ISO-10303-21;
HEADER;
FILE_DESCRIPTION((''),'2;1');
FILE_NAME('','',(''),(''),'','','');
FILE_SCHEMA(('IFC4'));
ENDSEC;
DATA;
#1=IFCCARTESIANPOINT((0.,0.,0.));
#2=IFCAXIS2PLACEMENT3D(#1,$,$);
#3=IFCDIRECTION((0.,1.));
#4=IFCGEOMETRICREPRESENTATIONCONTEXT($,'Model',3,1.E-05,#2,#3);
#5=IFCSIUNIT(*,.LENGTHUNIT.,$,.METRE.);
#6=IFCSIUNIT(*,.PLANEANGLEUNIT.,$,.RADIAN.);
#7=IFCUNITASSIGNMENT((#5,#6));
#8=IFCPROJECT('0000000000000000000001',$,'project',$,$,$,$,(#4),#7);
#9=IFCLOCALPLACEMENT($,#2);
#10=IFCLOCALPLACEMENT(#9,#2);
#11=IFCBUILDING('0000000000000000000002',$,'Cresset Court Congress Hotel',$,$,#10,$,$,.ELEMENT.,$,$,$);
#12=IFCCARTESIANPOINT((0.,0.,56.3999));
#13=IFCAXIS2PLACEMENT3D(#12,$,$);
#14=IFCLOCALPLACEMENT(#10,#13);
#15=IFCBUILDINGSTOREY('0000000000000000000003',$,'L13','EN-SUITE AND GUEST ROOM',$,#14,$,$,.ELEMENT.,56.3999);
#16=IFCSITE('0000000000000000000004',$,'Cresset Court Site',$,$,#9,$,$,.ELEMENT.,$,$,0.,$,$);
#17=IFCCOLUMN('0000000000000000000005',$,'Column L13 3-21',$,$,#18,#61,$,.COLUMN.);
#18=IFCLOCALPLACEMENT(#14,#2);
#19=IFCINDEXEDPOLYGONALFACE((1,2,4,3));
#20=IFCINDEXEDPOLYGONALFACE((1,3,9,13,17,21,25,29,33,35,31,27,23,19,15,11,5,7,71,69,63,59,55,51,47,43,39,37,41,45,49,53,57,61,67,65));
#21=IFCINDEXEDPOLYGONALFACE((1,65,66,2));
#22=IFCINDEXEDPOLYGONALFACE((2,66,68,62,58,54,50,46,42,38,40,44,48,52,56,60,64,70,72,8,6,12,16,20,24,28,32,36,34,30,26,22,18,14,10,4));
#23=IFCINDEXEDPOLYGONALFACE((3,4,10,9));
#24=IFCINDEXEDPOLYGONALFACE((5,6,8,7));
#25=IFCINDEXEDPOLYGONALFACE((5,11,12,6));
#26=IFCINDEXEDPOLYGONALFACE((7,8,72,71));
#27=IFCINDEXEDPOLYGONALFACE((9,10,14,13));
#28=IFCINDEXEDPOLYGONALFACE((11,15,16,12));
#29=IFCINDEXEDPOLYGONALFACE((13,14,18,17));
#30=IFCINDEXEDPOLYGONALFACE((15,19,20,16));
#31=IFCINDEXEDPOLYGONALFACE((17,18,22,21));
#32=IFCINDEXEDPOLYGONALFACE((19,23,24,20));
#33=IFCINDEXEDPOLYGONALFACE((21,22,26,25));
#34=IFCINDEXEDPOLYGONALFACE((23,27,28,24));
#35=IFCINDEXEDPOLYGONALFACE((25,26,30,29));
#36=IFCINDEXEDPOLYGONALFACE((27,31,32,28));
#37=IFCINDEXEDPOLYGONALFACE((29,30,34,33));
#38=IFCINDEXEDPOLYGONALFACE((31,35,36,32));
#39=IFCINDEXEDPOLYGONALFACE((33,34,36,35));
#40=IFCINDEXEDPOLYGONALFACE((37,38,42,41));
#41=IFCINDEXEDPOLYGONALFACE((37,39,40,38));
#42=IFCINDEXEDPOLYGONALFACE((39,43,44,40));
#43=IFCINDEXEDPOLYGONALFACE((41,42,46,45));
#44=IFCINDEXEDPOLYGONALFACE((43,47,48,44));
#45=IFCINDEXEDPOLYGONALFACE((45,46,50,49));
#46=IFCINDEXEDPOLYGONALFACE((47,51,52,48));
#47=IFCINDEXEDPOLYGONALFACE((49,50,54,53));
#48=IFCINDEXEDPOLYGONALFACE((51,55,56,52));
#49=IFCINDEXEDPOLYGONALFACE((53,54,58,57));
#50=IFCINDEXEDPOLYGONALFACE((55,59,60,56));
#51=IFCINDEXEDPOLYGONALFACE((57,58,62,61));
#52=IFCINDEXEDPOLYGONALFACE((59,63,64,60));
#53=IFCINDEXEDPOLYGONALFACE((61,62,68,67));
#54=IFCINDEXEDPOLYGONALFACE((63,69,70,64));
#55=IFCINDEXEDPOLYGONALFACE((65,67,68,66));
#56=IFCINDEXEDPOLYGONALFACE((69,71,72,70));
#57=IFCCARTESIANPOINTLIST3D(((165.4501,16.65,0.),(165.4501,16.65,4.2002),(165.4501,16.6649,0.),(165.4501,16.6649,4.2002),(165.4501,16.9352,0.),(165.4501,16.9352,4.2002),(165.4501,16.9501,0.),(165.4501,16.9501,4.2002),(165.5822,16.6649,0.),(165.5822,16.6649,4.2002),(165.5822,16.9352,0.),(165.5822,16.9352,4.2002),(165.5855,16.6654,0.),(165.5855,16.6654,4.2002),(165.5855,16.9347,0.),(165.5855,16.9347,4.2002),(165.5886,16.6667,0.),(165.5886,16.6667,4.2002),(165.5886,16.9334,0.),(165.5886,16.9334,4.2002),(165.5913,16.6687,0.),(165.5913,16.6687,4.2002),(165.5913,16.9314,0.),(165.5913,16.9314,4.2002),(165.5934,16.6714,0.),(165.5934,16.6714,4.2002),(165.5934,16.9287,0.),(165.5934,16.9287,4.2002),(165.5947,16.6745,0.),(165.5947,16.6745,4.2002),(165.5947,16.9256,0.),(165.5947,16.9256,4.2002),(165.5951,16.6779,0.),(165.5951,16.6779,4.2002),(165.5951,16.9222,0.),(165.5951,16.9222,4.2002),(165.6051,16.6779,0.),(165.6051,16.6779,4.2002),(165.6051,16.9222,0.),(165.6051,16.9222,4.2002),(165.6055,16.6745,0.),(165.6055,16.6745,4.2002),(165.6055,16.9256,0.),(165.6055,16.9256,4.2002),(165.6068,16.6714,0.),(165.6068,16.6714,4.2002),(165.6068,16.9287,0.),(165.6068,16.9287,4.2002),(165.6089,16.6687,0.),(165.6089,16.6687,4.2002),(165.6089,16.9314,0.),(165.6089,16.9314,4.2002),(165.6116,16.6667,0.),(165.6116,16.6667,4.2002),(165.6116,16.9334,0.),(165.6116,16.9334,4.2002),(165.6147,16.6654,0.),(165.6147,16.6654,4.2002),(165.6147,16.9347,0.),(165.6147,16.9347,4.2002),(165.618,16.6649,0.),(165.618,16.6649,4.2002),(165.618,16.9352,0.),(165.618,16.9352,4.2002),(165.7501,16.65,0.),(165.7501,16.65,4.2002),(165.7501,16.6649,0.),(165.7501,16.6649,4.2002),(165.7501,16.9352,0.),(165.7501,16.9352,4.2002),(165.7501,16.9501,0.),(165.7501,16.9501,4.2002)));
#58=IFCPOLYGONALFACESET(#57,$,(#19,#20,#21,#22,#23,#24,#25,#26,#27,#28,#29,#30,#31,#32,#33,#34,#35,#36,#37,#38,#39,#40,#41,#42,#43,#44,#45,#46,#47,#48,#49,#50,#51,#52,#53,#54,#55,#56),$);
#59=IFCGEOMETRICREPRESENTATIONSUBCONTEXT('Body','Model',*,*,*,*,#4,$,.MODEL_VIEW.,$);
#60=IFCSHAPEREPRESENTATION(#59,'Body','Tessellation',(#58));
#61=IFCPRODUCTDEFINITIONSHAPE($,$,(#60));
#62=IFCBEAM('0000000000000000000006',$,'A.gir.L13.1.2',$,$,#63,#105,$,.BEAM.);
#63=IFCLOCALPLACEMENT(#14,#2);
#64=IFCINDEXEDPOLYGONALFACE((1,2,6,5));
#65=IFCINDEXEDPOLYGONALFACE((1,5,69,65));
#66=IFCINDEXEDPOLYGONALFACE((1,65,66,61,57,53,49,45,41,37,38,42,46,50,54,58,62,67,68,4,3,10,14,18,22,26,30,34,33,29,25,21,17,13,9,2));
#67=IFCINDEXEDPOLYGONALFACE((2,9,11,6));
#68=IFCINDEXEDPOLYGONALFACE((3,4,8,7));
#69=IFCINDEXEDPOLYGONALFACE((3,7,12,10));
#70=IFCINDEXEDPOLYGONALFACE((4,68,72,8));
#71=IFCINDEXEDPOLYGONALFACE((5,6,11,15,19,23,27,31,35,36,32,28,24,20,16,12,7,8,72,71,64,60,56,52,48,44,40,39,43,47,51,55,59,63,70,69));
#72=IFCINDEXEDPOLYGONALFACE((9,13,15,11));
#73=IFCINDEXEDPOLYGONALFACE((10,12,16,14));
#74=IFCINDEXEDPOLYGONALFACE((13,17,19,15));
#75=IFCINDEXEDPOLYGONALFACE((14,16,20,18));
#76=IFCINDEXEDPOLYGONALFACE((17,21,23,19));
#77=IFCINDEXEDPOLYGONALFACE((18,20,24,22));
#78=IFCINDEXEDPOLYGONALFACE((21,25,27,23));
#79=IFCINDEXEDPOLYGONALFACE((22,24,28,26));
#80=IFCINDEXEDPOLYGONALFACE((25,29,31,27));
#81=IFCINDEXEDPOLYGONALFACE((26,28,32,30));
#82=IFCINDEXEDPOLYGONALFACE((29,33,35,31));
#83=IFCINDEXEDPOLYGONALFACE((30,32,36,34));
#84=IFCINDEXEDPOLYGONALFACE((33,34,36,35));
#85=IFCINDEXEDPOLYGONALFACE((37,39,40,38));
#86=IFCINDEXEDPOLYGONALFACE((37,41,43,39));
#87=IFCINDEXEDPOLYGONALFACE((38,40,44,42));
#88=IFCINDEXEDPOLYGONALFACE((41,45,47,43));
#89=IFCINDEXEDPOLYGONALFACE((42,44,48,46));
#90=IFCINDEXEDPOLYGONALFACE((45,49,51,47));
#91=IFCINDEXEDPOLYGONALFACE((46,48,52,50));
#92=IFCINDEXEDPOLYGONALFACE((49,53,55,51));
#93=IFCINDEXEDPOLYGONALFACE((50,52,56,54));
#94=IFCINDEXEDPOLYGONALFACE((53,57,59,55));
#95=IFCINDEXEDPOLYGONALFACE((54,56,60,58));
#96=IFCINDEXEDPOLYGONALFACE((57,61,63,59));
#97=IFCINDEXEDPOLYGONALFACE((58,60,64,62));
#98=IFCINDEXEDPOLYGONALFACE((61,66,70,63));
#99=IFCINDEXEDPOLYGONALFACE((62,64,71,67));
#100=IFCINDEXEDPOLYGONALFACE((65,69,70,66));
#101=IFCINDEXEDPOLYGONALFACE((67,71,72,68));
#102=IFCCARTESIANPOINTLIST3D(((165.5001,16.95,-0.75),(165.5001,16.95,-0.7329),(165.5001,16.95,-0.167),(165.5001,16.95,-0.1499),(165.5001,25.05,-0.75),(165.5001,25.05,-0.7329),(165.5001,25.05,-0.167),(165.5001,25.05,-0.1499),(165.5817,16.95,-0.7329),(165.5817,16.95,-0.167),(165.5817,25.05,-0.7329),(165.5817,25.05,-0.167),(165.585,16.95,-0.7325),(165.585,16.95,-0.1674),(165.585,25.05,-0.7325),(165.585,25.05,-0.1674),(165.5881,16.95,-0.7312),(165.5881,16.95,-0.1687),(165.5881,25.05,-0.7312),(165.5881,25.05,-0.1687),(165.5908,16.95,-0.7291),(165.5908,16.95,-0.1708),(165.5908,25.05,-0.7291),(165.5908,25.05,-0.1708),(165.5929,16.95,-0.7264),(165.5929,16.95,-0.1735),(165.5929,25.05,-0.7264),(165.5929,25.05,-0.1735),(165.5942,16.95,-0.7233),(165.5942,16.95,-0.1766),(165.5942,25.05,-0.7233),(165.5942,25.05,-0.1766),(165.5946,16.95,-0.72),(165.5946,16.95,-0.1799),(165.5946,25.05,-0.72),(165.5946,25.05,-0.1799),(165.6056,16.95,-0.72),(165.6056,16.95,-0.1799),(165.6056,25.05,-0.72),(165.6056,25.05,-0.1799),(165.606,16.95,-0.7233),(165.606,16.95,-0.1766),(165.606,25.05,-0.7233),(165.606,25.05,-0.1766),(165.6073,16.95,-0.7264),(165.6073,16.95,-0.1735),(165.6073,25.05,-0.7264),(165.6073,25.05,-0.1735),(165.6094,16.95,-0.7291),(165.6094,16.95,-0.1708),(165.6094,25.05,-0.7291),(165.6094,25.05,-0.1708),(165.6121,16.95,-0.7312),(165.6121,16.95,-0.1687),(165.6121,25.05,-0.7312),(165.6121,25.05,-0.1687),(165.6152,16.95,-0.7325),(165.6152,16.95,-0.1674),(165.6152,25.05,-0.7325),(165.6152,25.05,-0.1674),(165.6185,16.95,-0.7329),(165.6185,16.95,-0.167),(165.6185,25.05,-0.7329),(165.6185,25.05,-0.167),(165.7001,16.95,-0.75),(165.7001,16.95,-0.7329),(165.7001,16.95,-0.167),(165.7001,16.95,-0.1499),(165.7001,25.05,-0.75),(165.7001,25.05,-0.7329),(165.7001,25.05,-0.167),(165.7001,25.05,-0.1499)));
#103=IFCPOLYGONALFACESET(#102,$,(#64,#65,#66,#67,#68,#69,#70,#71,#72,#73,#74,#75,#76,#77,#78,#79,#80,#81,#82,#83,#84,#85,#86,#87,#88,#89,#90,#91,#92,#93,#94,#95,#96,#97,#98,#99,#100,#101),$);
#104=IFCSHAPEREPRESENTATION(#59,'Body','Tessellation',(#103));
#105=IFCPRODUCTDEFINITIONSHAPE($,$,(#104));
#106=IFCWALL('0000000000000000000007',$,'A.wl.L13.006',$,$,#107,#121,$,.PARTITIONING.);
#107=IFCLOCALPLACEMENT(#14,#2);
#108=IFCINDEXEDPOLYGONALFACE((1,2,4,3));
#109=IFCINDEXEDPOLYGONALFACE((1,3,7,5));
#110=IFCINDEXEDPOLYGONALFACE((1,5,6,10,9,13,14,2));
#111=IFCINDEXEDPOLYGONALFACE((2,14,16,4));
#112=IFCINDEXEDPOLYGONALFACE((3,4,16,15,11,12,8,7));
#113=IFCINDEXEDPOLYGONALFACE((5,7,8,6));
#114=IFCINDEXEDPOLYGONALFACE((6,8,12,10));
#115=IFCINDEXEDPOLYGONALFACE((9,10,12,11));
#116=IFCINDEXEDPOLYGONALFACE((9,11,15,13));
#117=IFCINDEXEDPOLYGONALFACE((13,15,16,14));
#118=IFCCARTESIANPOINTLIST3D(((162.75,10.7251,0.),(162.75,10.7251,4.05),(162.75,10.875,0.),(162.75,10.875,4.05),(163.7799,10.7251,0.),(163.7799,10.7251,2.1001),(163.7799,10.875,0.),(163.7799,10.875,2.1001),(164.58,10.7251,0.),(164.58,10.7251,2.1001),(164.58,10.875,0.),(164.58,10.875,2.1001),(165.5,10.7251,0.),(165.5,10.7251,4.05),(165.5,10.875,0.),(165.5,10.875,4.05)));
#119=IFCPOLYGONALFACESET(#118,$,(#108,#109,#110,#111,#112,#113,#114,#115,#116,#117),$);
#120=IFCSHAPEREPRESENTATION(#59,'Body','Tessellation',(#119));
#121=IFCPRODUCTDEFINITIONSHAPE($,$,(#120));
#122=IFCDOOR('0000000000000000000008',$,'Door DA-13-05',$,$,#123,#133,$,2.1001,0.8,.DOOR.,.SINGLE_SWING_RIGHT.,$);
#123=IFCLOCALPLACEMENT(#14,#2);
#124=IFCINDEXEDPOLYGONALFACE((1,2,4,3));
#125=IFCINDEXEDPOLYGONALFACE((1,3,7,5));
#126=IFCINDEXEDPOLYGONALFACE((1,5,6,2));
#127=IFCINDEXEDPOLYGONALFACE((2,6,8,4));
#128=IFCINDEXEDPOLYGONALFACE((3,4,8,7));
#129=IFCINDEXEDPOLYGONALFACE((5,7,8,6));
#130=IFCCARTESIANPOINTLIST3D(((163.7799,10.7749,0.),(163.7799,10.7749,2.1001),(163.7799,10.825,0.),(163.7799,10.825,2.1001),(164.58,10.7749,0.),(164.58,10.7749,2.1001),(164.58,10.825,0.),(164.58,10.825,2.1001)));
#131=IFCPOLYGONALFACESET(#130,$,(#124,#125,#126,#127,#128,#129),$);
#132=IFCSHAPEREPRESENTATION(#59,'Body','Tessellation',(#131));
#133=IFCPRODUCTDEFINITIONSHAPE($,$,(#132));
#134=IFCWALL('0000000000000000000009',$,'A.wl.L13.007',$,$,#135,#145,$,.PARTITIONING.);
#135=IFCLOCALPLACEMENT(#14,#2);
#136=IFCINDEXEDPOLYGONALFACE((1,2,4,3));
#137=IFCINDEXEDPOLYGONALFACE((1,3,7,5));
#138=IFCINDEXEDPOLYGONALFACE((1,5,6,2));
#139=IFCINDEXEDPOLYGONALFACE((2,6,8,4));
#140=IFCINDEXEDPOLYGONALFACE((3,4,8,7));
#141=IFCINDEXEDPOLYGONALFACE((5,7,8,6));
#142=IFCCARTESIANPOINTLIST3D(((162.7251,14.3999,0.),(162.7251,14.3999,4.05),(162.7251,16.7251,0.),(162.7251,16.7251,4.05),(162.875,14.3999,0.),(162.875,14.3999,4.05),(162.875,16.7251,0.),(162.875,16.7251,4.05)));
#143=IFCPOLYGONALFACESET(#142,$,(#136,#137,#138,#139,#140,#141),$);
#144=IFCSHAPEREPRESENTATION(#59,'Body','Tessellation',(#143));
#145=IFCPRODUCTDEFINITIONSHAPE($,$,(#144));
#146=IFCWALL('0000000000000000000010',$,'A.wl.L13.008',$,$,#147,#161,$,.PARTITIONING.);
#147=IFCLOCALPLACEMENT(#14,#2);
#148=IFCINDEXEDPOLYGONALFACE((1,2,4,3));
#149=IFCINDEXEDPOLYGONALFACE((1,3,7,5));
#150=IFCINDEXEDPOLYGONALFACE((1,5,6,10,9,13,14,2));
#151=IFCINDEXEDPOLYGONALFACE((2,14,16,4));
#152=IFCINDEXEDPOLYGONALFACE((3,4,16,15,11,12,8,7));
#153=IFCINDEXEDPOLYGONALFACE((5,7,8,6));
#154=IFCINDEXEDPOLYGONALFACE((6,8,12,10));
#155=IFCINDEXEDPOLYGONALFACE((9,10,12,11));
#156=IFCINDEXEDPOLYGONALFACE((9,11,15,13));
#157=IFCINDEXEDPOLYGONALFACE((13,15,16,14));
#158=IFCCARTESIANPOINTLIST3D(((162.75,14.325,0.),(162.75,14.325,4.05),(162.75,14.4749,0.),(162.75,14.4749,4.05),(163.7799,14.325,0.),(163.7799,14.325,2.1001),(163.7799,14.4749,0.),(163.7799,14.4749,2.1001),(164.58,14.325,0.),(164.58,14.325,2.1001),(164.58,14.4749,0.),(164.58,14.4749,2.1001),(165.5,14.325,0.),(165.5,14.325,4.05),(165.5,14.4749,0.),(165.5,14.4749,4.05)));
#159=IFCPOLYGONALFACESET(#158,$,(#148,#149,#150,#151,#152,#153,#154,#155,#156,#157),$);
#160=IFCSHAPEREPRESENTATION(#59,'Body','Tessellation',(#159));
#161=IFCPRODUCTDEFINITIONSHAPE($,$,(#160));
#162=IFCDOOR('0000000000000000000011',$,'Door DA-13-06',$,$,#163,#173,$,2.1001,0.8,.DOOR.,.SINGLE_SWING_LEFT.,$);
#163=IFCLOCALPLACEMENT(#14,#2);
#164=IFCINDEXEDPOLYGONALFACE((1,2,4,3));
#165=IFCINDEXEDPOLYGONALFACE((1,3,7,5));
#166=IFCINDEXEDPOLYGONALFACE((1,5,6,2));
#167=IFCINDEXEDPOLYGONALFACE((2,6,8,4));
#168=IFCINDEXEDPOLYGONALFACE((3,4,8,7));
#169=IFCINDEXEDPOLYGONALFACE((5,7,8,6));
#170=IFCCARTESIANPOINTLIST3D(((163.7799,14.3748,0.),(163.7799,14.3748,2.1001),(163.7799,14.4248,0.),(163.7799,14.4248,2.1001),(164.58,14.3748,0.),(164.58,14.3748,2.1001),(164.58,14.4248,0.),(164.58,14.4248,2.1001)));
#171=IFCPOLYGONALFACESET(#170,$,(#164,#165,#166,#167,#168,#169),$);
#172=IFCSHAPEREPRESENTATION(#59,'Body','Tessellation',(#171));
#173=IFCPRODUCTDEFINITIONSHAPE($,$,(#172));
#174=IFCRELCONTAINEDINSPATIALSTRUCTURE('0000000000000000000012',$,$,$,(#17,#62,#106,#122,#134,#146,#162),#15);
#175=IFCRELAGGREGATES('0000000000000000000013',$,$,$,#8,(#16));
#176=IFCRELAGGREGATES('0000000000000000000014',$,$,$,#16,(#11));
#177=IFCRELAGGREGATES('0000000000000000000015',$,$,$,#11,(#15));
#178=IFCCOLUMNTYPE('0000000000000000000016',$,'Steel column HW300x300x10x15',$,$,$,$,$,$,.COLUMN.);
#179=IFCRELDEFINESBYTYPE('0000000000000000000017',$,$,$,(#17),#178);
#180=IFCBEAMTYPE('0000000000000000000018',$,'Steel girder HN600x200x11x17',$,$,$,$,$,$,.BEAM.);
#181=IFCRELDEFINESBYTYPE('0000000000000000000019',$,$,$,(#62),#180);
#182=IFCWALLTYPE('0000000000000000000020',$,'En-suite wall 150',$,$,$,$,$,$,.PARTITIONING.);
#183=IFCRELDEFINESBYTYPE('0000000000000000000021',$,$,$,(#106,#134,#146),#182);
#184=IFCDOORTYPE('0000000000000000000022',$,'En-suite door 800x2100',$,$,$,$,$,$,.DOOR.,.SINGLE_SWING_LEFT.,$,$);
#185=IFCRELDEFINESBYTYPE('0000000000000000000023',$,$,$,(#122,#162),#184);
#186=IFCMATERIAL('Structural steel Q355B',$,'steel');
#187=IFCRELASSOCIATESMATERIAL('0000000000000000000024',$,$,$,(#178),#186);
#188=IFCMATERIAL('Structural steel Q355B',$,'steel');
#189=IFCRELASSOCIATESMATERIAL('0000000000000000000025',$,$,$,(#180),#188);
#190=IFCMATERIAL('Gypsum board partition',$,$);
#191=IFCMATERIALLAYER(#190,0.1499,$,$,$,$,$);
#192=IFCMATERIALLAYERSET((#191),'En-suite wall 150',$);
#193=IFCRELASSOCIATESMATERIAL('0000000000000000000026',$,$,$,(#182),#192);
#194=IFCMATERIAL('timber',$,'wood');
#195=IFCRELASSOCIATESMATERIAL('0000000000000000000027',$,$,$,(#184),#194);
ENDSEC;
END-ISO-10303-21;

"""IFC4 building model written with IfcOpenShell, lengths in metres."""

from ifc_helpers import new_model, si_unit, direction, frame, frame_2d, origin, origin_2d, place, context, subcontext, project, spatial, rectangle, i_section, extrude, material, layer, layer_set, material_profile, profile_set, type_object, element, fill, save


model = new_model("IFC4")

# Units and contexts
model_context = context("Model", 3, precision=1e-05, world=origin(), true_north=direction((0.0, 1.0)))
body_context = subcontext(model_context, "Body", "Model", "MODEL_VIEW")
ifc_project = project(units=[si_unit("LENGTHUNIT", "METRE"), si_unit("PLANEANGLEUNIT", "RADIAN")], contexts=[model_context])

# Site, building, storey
site_placement = place(None, origin())
site = spatial("IfcSite", under=ifc_project, at=site_placement, Name="Cresset Court Site", CompositionType="ELEMENT", RefElevation=0.0)
building_placement = place(site_placement, origin())
building = spatial("IfcBuilding", under=site, at=building_placement, Name="Cresset Court Congress Hotel", CompositionType="ELEMENT")
storey_placement = place(building_placement, frame((0.0, 0.0, 56.3999)))
storey = spatial("IfcBuildingStorey", under=building, at=storey_placement, Name="L13", Description="EN-SUITE AND GUEST ROOM", CompositionType="ELEMENT", Elevation=56.3999)

# Column
ifc_material_1 = material(Name="Structural steel Q355B", Category="steel")
ifc_material_profile_1 = material_profile(ifc_material_1, i_section(OverallWidth=0.3, OverallDepth=0.3, WebThickness=0.01, FlangeThickness=0.0149, FilletRadius=0.0129, at=origin_2d()), Name="HW300x300x10x15")
ifc_profile_set_1 = profile_set([ifc_material_profile_1], Name="Structural steel Q355B")
column_type = type_object("IfcColumnType", Name="Steel column HW300x300x10x15", PredefinedType="COLUMN", material=ifc_profile_set_1)
column_placement = place(storey_placement, frame((165.6001, 16.8, 0.0), z_axis=(0.0, 0.0, 1.0), x_axis=(1.0, 0.0, 0.0)))
element("IfcColumn", 1, at=column_placement, inside=storey, type_object=column_type, Name="Column L13 3-21", PredefinedType="COLUMN", context=body_context, shape_type="SweptSolid", body=[
    extrude(i_section(OverallWidth=0.3, OverallDepth=0.3, WebThickness=0.01, FlangeThickness=0.0149, FilletRadius=0.0129, at=origin_2d()), origin(), (0.0, 0.0, 1.0), 4.2002),
])

# Beam
ifc_material_2 = material(Name="Structural steel Q355B", Category="steel")
ifc_material_profile_2 = material_profile(ifc_material_2, i_section(OverallWidth=0.2, OverallDepth=0.6001, WebThickness=0.011, FlangeThickness=0.0171, FilletRadius=0.0129, at=origin_2d()), Name="HN600x200x11x17")
ifc_profile_set_2 = profile_set([ifc_material_profile_2], Name="Structural steel Q355B")
beam_type = type_object("IfcBeamType", Name="Steel girder HN600x200x11x17", PredefinedType="BEAM", material=ifc_profile_set_2)
beam_placement = place(storey_placement, frame((165.6001, 16.95, -0.45), z_axis=(0.0, 1.0, 0.0), x_axis=(-1.0, 0.0, 0.0)))
element("IfcBeam", 2, at=beam_placement, inside=storey, type_object=beam_type, Name="A.gir.L13.1.2", PredefinedType="BEAM", context=body_context, shape_type="SweptSolid", body=[
    extrude(i_section(OverallWidth=0.2, OverallDepth=0.6001, WebThickness=0.011, FlangeThickness=0.0171, FilletRadius=0.0129, at=origin_2d()), origin(), (0.0, 0.0, 1.0), 8.1001),
])

# Wall, opening, door
ifc_material_3 = material(Name="Gypsum board partition")
ifc_layer_1 = layer(ifc_material_3, 0.1499)
ifc_layer_set_1 = layer_set([ifc_layer_1], Name="En-suite wall 150")
wall_type_1 = type_object("IfcWallType", Name="En-suite wall 150", PredefinedType="PARTITIONING", material=ifc_layer_set_1)
wall_1_placement = place(storey_placement, frame((162.75, 10.8, 0.0), z_axis=(0.0, 0.0, 1.0), x_axis=(1.0, 0.0, 0.0)))
wall_1 = element("IfcWall", 3, at=wall_1_placement, inside=storey, type_object=wall_type_1, Name="A.wl.L13.006", PredefinedType="PARTITIONING", context=body_context, shape_type="SweptSolid", body=[
    extrude(rectangle(XDim=2.75, YDim=0.1499, at=frame_2d((1.375, 0.0))), origin(), (0.0, 0.0, 1.0), 4.05),
])
opening_1_placement = place(wall_1_placement, frame((1.03, 0.0, 0.0)))
opening_1 = element("IfcOpeningElement", 4, at=opening_1_placement, cuts=wall_1, PredefinedType="OPENING", context=body_context, shape_type="SweptSolid", body=[
    extrude(rectangle(XDim=0.8, YDim=2.1001, at=frame_2d((0.3999, 1.05))), frame((0.0, 0.085, 0.0), z_axis=(0.0, -1.0, 0.0), x_axis=(1.0, 0.0, 0.0)), (0.0, 0.0, 1.0), 0.1699),
])
ifc_material_4 = material(Name="timber", Category="wood")
door_type_1 = type_object("IfcDoorType", Name="En-suite door 800x2100", OperationType="SINGLE_SWING_LEFT", PredefinedType="DOOR", material=ifc_material_4)
door_1_placement = place(opening_1_placement, origin())
door_1 = element("IfcDoor", 5, at=door_1_placement, inside=storey, type_object=door_type_1, Name="Door DA-13-05", OperationType="SINGLE_SWING_RIGHT", OverallHeight=2.1001, OverallWidth=0.8, PredefinedType="DOOR", context=body_context, shape_type="SweptSolid", body=[
    extrude(rectangle(XDim=0.8, YDim=2.1001, at=frame_2d((0.3999, 1.05))), frame((0.0, 0.0249, 0.0), z_axis=(0.0, -1.0, 0.0), x_axis=(1.0, 0.0, 0.0)), (0.0, 0.0, 1.0), 0.05),
])
fill(opening_1, door_1)

# Wall
wall_2_placement = place(storey_placement, frame((162.8, 14.3999, 0.0), z_axis=(0.0, 0.0, 1.0), x_axis=(0.0, 1.0, 0.0)))
element("IfcWall", 6, at=wall_2_placement, inside=storey, type_object=wall_type_1, Name="A.wl.L13.007", PredefinedType="PARTITIONING", context=body_context, shape_type="SweptSolid", body=[
    extrude(rectangle(XDim=2.3252, YDim=0.1499, at=frame_2d((1.1626, 0.0))), origin(), (0.0, 0.0, 1.0), 4.05),
])

# Wall, opening, door
wall_3_placement = place(storey_placement, frame((162.75, 14.3999, 0.0), z_axis=(0.0, 0.0, 1.0), x_axis=(1.0, 0.0, 0.0)))
wall_3 = element("IfcWall", 7, at=wall_3_placement, inside=storey, type_object=wall_type_1, Name="A.wl.L13.008", PredefinedType="PARTITIONING", context=body_context, shape_type="SweptSolid", body=[
    extrude(rectangle(XDim=2.75, YDim=0.1499, at=frame_2d((1.375, 0.0))), origin(), (0.0, 0.0, 1.0), 4.05),
])
opening_2_placement = place(wall_3_placement, frame((1.03, 0.0, 0.0)))
opening_2 = element("IfcOpeningElement", 8, at=opening_2_placement, cuts=wall_3, PredefinedType="OPENING", context=body_context, shape_type="SweptSolid", body=[
    extrude(rectangle(XDim=0.8, YDim=2.1001, at=frame_2d((0.3999, 1.05))), frame((0.0, 0.085, 0.0), z_axis=(0.0, -1.0, 0.0), x_axis=(1.0, 0.0, 0.0)), (0.0, 0.0, 1.0), 0.1699),
])
door_2_placement = place(opening_2_placement, origin())
door_2 = element("IfcDoor", 9, at=door_2_placement, inside=storey, type_object=door_type_1, Name="Door DA-13-06", OperationType="SINGLE_SWING_LEFT", OverallHeight=2.1001, OverallWidth=0.8, PredefinedType="DOOR", context=body_context, shape_type="SweptSolid", body=[
    extrude(rectangle(XDim=0.8, YDim=2.1001, at=frame_2d((0.3999, 1.05))), frame((0.0, 0.0249, 0.0), z_axis=(0.0, -1.0, 0.0), x_axis=(1.0, 0.0, 0.0)), (0.0, 0.0, 1.0), 0.05),
])
fill(opening_2, door_2)

save(model, "model.ifc")
